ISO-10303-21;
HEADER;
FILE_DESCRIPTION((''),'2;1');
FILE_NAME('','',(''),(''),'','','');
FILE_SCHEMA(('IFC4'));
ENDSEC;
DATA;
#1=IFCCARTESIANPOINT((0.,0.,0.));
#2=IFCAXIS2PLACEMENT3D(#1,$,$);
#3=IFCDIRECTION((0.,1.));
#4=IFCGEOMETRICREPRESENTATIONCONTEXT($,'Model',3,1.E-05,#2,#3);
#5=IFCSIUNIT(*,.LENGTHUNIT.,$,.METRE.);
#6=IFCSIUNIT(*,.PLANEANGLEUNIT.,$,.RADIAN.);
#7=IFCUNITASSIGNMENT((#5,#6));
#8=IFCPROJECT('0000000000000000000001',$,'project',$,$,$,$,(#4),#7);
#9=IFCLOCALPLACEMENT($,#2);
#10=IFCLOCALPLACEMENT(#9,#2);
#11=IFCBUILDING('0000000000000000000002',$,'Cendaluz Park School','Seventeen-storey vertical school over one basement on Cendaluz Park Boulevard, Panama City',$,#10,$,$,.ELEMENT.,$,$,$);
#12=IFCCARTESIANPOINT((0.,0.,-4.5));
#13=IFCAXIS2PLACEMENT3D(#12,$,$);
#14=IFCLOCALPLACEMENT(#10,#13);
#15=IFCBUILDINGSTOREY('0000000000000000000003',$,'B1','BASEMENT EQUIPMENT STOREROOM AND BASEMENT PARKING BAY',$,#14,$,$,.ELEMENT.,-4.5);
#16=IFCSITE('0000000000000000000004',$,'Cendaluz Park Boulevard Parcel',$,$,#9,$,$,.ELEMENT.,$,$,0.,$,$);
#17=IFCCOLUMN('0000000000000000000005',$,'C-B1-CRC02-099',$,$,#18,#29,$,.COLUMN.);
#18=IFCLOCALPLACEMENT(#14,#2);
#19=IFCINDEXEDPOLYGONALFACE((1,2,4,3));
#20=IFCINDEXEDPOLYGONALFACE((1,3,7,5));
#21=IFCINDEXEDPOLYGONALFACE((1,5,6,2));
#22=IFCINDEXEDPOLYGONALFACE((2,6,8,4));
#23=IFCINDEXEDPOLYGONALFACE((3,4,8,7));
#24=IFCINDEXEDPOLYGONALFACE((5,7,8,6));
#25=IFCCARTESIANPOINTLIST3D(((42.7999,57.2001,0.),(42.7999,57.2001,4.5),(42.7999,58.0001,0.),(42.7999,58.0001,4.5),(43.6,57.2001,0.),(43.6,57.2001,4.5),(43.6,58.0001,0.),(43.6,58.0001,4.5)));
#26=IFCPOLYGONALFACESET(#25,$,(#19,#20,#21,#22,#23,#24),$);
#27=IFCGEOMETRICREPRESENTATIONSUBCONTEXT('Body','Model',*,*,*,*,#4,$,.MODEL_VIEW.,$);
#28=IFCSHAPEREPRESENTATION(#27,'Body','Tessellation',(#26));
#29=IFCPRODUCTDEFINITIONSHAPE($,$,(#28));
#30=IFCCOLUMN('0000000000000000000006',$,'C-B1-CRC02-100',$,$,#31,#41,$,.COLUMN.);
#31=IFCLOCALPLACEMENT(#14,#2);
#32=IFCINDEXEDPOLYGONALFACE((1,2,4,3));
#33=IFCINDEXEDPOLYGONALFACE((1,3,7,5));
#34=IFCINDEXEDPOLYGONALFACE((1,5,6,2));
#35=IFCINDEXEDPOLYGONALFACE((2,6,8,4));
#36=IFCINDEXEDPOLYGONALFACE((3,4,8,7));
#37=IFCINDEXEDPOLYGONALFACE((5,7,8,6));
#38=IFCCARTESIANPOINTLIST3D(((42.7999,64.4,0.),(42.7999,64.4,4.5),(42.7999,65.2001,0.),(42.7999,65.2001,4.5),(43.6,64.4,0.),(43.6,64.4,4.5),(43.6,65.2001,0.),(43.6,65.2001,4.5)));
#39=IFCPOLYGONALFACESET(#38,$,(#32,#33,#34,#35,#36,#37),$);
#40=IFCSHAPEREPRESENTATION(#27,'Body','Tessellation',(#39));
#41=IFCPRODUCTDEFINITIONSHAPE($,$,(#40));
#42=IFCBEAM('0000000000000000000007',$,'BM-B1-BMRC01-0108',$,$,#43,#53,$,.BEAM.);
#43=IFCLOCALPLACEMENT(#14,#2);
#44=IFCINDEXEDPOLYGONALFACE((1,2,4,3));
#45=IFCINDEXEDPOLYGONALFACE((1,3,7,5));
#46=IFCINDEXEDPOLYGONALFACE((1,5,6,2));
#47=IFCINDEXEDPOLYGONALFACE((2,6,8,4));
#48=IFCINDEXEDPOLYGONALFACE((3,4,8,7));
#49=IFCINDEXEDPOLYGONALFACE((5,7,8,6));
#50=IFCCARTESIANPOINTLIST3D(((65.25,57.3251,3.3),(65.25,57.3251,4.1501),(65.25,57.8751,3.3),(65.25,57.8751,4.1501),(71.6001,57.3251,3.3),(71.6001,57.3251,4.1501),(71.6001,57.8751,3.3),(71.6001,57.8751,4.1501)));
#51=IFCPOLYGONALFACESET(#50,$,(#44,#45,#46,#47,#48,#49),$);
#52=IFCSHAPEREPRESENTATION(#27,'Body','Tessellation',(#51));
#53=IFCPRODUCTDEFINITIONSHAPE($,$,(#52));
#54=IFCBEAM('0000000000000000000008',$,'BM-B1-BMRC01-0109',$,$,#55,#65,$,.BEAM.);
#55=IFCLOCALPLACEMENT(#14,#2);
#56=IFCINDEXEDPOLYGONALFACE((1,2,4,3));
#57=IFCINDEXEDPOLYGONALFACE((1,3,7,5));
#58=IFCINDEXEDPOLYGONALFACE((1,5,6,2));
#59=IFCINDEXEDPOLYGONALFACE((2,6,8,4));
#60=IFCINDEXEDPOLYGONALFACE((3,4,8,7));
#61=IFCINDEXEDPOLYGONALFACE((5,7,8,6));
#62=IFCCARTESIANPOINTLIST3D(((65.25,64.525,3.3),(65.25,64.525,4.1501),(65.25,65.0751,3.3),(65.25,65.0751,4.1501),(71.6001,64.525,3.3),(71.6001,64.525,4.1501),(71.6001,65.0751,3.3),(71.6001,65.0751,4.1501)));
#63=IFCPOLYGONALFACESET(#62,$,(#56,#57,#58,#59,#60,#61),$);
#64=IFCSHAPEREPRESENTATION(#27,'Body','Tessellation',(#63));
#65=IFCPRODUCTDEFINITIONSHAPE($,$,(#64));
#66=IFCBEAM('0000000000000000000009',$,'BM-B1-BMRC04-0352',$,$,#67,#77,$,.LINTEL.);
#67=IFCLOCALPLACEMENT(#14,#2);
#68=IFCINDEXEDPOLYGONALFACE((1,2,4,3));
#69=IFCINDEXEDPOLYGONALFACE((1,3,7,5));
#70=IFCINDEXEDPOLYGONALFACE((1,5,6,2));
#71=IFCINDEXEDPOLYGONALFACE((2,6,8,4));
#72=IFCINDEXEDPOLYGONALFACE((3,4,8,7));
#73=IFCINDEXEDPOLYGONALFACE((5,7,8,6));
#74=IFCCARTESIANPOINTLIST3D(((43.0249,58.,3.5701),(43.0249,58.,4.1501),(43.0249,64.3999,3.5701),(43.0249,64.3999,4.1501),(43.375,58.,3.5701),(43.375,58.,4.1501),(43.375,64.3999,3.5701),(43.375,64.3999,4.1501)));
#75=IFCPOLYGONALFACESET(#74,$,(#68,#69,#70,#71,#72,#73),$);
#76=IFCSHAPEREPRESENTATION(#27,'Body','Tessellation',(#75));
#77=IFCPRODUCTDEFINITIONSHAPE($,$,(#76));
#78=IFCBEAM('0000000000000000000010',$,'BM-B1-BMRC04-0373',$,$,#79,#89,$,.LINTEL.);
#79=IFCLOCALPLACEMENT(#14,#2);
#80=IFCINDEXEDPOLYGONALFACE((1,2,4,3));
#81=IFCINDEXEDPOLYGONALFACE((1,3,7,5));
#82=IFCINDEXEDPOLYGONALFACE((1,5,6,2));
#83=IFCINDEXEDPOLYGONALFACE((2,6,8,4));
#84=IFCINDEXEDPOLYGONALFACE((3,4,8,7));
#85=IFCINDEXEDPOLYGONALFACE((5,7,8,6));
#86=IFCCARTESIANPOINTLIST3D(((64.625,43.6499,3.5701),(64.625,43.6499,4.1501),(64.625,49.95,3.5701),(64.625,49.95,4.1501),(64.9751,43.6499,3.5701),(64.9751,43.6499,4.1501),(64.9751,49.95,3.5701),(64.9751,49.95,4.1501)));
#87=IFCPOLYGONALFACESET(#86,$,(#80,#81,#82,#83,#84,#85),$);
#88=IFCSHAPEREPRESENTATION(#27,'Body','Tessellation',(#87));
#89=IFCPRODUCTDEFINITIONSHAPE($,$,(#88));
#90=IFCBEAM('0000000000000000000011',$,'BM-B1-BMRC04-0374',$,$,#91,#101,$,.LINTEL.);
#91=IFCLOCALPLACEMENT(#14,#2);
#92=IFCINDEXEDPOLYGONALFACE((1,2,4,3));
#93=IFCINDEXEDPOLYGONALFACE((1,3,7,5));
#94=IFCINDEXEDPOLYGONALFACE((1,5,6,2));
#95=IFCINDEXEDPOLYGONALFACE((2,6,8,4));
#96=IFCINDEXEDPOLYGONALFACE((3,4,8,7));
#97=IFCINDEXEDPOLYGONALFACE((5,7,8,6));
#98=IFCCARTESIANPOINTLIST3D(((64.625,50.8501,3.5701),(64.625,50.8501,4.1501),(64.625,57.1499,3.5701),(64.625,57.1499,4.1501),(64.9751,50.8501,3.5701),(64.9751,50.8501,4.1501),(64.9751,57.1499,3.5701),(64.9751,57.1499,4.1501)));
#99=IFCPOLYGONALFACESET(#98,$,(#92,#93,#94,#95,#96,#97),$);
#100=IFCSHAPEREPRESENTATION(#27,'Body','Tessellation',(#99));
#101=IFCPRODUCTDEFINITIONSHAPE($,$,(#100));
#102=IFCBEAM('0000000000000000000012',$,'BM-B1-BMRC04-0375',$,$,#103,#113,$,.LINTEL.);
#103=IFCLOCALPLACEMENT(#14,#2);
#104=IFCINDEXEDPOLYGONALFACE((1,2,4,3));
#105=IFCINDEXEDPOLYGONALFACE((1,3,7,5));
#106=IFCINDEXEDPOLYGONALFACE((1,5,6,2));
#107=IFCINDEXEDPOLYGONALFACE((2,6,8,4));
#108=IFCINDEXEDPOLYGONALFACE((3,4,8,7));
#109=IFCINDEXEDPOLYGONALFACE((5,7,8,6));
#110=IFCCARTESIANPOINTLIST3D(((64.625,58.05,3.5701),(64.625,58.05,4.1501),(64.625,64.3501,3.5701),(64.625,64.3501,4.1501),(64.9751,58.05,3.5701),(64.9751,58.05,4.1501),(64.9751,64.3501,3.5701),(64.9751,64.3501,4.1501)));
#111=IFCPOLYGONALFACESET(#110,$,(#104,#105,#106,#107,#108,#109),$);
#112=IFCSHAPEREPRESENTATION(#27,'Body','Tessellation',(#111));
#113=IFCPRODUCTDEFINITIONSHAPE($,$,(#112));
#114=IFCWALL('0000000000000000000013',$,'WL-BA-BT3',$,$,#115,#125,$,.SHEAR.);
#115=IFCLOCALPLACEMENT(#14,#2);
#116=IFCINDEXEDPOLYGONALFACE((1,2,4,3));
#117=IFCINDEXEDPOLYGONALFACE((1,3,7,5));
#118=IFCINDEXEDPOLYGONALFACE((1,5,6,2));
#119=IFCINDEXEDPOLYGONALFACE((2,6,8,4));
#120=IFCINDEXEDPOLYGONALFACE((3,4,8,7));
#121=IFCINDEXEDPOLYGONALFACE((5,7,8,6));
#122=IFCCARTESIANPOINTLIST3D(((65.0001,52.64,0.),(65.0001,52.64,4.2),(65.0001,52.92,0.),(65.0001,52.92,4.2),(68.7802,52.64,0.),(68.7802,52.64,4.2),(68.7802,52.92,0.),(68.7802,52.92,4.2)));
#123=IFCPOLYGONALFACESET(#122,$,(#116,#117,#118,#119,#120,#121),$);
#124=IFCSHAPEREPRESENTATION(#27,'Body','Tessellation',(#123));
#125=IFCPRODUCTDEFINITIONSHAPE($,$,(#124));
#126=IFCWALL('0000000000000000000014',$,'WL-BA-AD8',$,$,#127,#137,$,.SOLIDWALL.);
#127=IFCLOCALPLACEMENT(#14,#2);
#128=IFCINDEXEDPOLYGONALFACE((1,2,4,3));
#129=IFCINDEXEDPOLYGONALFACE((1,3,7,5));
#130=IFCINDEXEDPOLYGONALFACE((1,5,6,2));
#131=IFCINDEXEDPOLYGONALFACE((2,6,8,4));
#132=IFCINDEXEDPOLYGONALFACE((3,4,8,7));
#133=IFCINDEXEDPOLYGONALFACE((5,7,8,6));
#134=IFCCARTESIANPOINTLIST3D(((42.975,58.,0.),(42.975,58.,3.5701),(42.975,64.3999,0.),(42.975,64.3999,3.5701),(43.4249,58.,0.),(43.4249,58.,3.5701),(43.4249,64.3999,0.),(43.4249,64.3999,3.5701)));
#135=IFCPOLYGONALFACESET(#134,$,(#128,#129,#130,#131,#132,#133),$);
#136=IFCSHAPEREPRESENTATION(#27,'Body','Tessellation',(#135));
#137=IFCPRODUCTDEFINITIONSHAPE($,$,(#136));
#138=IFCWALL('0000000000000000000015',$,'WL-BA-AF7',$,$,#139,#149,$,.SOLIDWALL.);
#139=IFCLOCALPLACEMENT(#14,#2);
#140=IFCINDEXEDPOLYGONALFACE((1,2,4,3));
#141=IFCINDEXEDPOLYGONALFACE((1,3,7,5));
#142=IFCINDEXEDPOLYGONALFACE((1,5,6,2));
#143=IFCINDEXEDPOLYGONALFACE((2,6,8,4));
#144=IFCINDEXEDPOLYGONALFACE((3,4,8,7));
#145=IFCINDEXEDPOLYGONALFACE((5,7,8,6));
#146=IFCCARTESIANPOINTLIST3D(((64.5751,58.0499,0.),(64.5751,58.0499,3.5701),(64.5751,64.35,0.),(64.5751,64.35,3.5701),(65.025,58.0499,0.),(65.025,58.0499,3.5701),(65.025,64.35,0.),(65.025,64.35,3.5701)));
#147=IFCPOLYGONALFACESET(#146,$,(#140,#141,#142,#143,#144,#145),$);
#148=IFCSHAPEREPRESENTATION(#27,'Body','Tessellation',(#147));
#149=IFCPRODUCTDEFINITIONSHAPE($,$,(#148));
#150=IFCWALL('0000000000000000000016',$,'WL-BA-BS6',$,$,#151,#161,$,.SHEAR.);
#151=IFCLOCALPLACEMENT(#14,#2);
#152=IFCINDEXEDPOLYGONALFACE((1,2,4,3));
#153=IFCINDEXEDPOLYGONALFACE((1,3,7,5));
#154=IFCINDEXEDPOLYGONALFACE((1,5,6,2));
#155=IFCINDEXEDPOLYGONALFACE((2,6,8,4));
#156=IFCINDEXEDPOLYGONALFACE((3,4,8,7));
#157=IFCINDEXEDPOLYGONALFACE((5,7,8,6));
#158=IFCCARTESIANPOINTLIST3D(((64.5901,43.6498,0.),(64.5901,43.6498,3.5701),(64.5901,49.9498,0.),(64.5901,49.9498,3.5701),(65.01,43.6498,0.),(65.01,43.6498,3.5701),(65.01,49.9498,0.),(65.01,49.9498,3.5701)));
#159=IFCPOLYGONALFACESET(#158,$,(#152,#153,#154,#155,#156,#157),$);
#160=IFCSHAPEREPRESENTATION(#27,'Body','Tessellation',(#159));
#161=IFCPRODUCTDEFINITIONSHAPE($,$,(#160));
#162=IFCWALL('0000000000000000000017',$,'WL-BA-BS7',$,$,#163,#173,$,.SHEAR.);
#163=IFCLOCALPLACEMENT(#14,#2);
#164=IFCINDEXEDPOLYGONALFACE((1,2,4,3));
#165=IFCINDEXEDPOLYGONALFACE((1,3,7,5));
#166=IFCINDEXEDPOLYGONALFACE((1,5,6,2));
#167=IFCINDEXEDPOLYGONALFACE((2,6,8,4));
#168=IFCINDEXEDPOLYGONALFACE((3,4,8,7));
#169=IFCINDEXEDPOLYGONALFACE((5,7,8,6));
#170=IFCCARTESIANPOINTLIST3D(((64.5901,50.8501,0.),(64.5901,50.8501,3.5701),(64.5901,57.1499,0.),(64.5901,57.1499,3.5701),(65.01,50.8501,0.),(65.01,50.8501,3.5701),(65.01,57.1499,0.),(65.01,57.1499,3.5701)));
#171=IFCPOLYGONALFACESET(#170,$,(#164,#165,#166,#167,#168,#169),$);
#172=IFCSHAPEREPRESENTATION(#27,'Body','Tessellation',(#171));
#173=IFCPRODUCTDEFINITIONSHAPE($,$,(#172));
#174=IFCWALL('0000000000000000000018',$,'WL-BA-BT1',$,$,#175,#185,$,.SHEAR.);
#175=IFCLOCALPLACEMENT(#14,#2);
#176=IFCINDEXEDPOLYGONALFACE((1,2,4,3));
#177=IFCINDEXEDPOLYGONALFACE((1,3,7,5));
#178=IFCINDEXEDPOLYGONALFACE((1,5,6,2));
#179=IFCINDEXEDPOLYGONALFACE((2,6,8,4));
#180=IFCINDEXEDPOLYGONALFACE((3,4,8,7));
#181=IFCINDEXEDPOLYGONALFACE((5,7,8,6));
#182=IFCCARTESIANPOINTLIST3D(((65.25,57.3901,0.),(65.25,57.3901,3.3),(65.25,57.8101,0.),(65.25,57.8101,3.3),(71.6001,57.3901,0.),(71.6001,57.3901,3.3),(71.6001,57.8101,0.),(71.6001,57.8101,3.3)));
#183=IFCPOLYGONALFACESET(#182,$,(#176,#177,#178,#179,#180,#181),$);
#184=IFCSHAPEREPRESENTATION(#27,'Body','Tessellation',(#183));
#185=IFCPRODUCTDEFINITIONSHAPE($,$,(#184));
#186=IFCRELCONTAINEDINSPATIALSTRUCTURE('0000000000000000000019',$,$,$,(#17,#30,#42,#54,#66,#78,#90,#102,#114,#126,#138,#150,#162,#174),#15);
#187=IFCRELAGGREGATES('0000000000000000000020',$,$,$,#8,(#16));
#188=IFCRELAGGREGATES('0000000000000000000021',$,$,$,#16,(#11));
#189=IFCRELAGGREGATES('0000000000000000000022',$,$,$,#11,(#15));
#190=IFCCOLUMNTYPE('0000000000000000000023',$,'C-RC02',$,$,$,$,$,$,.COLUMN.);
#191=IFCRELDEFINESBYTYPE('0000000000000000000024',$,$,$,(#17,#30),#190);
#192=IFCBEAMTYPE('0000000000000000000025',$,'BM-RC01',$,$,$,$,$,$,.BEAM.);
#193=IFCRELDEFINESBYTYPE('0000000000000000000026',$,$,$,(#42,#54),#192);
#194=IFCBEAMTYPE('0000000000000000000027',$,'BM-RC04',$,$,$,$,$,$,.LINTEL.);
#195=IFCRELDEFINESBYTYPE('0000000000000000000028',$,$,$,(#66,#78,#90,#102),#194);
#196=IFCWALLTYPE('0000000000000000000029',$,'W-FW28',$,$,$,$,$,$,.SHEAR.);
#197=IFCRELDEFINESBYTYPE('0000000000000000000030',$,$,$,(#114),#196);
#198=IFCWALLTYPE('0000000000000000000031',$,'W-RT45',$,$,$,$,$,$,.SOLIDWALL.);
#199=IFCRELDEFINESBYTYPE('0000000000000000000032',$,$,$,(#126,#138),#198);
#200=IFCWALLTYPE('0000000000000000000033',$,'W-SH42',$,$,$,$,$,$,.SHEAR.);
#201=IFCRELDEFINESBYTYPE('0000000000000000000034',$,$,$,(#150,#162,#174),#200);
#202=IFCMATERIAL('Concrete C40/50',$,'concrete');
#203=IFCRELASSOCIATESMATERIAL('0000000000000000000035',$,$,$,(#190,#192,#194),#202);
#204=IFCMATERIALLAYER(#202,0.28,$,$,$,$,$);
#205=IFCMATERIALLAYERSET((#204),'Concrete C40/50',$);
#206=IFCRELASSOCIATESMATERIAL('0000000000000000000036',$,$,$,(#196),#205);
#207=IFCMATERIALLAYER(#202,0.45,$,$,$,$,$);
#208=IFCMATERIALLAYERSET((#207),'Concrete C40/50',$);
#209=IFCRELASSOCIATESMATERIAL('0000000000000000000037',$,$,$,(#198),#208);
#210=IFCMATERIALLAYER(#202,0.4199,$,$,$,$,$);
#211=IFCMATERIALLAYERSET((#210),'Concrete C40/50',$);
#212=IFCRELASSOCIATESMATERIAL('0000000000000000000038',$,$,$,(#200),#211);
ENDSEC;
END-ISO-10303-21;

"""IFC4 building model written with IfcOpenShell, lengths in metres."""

from ifc_helpers import new_model, si_unit, direction, frame, frame_2d, origin, origin_2d, place, context, subcontext, project, spatial, rectangle, extrude, material, layer, layer_set, material_profile, profile_set, type_object, element, save


model = new_model("IFC4")

# Units and contexts
model_context = context("Model", 3, precision=1e-05, world=origin(), true_north=direction((0.0, 1.0)))
body_context = subcontext(model_context, "Body", "Model", "MODEL_VIEW")
ifc_project = project(units=[si_unit("LENGTHUNIT", "METRE"), si_unit("PLANEANGLEUNIT", "RADIAN")], contexts=[model_context])

# Site, building, storey
site_placement = place(None, origin())
site = spatial("IfcSite", under=ifc_project, at=site_placement, Name="Cendaluz Park Boulevard Parcel", CompositionType="ELEMENT", RefElevation=0.0)
building_placement = place(site_placement, origin())
building = spatial("IfcBuilding", under=site, at=building_placement, Name="Cendaluz Park School", Description="Seventeen-storey vertical school over one basement on Cendaluz Park Boulevard, Panama City", CompositionType="ELEMENT")
storey_placement = place(building_placement, frame((0.0, 0.0, -4.5)))
storey = spatial("IfcBuildingStorey", under=building, at=storey_placement, Name="B1", Description="BASEMENT EQUIPMENT STOREROOM AND BASEMENT PARKING BAY", CompositionType="ELEMENT", Elevation=-4.5)

# Shared definitions
ifc_material_1 = material(Name="Concrete C40/50", Category="concrete")

# Columns
ifc_material_profile_1 = material_profile(ifc_material_1, rectangle(XDim=0.8, YDim=0.8, at=origin_2d()), Name="RC 800x800", Category="concrete")
ifc_profile_set_1 = profile_set([ifc_material_profile_1], Name="Concrete C40/50")
column_type_1 = type_object("IfcColumnType", Name="C-RC02", PredefinedType="COLUMN", material=ifc_profile_set_1)
for number, where, z_axis, x_axis, name in (
    (1, (43.2, 57.6001, 0.0), (0.0, 0.0, 1.0), (1.0, 0.0, 0.0), "C-B1-CRC02-099"),
    (2, (43.2, 64.8, 0.0), (0.0, 0.0, 1.0), (1.0, 0.0, 0.0), "C-B1-CRC02-100"),
):
    element("IfcColumn", number, at=place(storey_placement, frame(where, z_axis=z_axis, x_axis=x_axis)), inside=storey, type_object=column_type_1, Name=name, PredefinedType="COLUMN", context=body_context, shape_type="SweptSolid", body=[
        extrude(rectangle(XDim=0.8, YDim=0.8, at=origin_2d()), origin(), (0.0, 0.0, 1.0), 4.5),
    ])

# Beams
ifc_material_profile_2 = material_profile(ifc_material_1, rectangle(XDim=0.55, YDim=0.8501, at=origin_2d()), Name="RC 550x850", Category="concrete")
ifc_profile_set_2 = profile_set([ifc_material_profile_2], Name="Concrete C40/50")
beam_type_1 = type_object("IfcBeamType", Name="BM-RC01", PredefinedType="BEAM", material=ifc_profile_set_2)
for number, where, z_axis, x_axis, name in (
    (3, (65.25, 57.6001, 3.7251), (1.0, 0.0, 0.0), (0.0, 1.0, 0.0), "BM-B1-BMRC01-0108"),
    (4, (65.25, 64.8, 3.7251), (1.0, 0.0, 0.0), (0.0, 1.0, 0.0), "BM-B1-BMRC01-0109"),
):
    element("IfcBeam", number, at=place(storey_placement, frame(where, z_axis=z_axis, x_axis=x_axis)), inside=storey, type_object=beam_type_1, Name=name, PredefinedType="BEAM", context=body_context, shape_type="SweptSolid", body=[
        extrude(rectangle(XDim=0.55, YDim=0.8501, at=origin_2d()), origin(), (0.0, 0.0, 1.0), 6.3501),
    ])
ifc_material_profile_3 = material_profile(ifc_material_1, rectangle(XDim=0.3501, YDim=0.5801, at=origin_2d()), Name="RC 350x580", Category="concrete")
ifc_profile_set_3 = profile_set([ifc_material_profile_3], Name="Concrete C40/50")
beam_type_2 = type_object("IfcBeamType", Name="BM-RC04", PredefinedType="LINTEL", material=ifc_profile_set_3)
beam_1_placement = place(storey_placement, frame((43.2, 58.0, 3.8601), z_axis=(0.0, 1.0, 0.0), x_axis=(-1.0, 0.0, 0.0)))
element("IfcBeam", 5, at=beam_1_placement, inside=storey, type_object=beam_type_2, Name="BM-B1-BMRC04-0352", PredefinedType="LINTEL", context=body_context, shape_type="SweptSolid", body=[
    extrude(rectangle(XDim=0.3501, YDim=0.5801, at=origin_2d()), origin(), (0.0, 0.0, 1.0), 6.3999),
])
beam_2_placement = place(storey_placement, frame((64.8, 43.6499, 3.8601), z_axis=(0.0, 1.0, 0.0), x_axis=(-1.0, 0.0, 0.0)))
element("IfcBeam", 6, at=beam_2_placement, inside=storey, type_object=beam_type_2, Name="BM-B1-BMRC04-0373", PredefinedType="LINTEL", context=body_context, shape_type="SweptSolid", body=[
    extrude(rectangle(XDim=0.3501, YDim=0.5801, at=origin_2d()), origin(), (0.0, 0.0, 1.0), 6.3),
])
beam_3_placement = place(storey_placement, frame((64.8, 50.8501, 3.8601), z_axis=(0.0, 1.0, 0.0), x_axis=(-1.0, 0.0, 0.0)))
element("IfcBeam", 7, at=beam_3_placement, inside=storey, type_object=beam_type_2, Name="BM-B1-BMRC04-0374", PredefinedType="LINTEL", context=body_context, shape_type="SweptSolid", body=[
    extrude(rectangle(XDim=0.3501, YDim=0.5801, at=origin_2d()), origin(), (0.0, 0.0, 1.0), 6.2998),
])
beam_4_placement = place(storey_placement, frame((64.8, 58.05, 3.8601), z_axis=(0.0, 1.0, 0.0), x_axis=(-1.0, 0.0, 0.0)))
element("IfcBeam", 8, at=beam_4_placement, inside=storey, type_object=beam_type_2, Name="BM-B1-BMRC04-0375", PredefinedType="LINTEL", context=body_context, shape_type="SweptSolid", body=[
    extrude(rectangle(XDim=0.3501, YDim=0.5801, at=origin_2d()), origin(), (0.0, 0.0, 1.0), 6.3),
])

# Walls
ifc_layer_1 = layer(ifc_material_1, 0.28)
ifc_layer_set_1 = layer_set([ifc_layer_1], Name="Concrete C40/50")
wall_type_1 = type_object("IfcWallType", Name="W-FW28", PredefinedType="SHEAR", material=ifc_layer_set_1)
wall_1_placement = place(storey_placement, frame((65.0, 52.78, 0.0), z_axis=(0.0, 0.0, 1.0), x_axis=(1.0, 0.0, 0.0)))
element("IfcWall", 9, at=wall_1_placement, inside=storey, type_object=wall_type_1, Name="WL-BA-BT3", PredefinedType="SHEAR", context=body_context, shape_type="SweptSolid", body=[
    extrude(rectangle(XDim=3.78, YDim=0.28, at=frame_2d((1.8901, 0.0))), origin(), (0.0, 0.0, 1.0), 4.2),
])
ifc_layer_2 = layer(ifc_material_1, 0.45)
ifc_layer_set_2 = layer_set([ifc_layer_2], Name="Concrete C40/50")
wall_type_2 = type_object("IfcWallType", Name="W-RT45", PredefinedType="SOLIDWALL", material=ifc_layer_set_2)
wall_2_placement = place(storey_placement, frame((43.2, 58.0, 0.0), z_axis=(0.0, 0.0, 1.0), x_axis=(0.0, 1.0, 0.0)))
element("IfcWall", 10, at=wall_2_placement, inside=storey, type_object=wall_type_2, Name="WL-BA-AD8", PredefinedType="SOLIDWALL", context=body_context, shape_type="SweptSolid", body=[
    extrude(rectangle(XDim=6.3999, YDim=0.45, at=frame_2d((3.2, 0.0))), origin(), (0.0, 0.0, 1.0), 3.5701),
])
wall_3_placement = place(storey_placement, frame((64.8, 58.05, 0.0), z_axis=(0.0, 0.0, 1.0), x_axis=(0.0, 1.0, 0.0)))
element("IfcWall", 11, at=wall_3_placement, inside=storey, type_object=wall_type_2, Name="WL-BA-AF7", PredefinedType="SOLIDWALL", context=body_context, shape_type="SweptSolid", body=[
    extrude(rectangle(XDim=6.3, YDim=0.45, at=frame_2d((3.1499, 0.0))), origin(), (0.0, 0.0, 1.0), 3.5701),
])
ifc_layer_3 = layer(ifc_material_1, 0.4199)
ifc_layer_set_3 = layer_set([ifc_layer_3], Name="Concrete C40/50")
wall_type_3 = type_object("IfcWallType", Name="W-SH42", PredefinedType="SHEAR", material=ifc_layer_set_3)
wall_4_placement = place(storey_placement, frame((64.8, 43.6499, 0.0), z_axis=(0.0, 0.0, 1.0), x_axis=(0.0, 1.0, 0.0)))
element("IfcWall", 12, at=wall_4_placement, inside=storey, type_object=wall_type_3, Name="WL-BA-BS6", PredefinedType="SHEAR", context=body_context, shape_type="SweptSolid", body=[
    extrude(rectangle(XDim=6.3, YDim=0.4199, at=frame_2d((3.1499, 0.0))), origin(), (0.0, 0.0, 1.0), 3.5701),
])
wall_5_placement = place(storey_placement, frame((64.8, 50.8501, 0.0), z_axis=(0.0, 0.0, 1.0), x_axis=(0.0, 1.0, 0.0)))
element("IfcWall", 13, at=wall_5_placement, inside=storey, type_object=wall_type_3, Name="WL-BA-BS7", PredefinedType="SHEAR", context=body_context, shape_type="SweptSolid", body=[
    extrude(rectangle(XDim=6.2998, YDim=0.4199, at=frame_2d((3.1499, 0.0))), origin(), (0.0, 0.0, 1.0), 3.5701),
])
wall_6_placement = place(storey_placement, frame((65.25, 57.6001, 0.0), z_axis=(0.0, 0.0, 1.0), x_axis=(1.0, 0.0, 0.0)))
element("IfcWall", 14, at=wall_6_placement, inside=storey, type_object=wall_type_3, Name="WL-BA-BT1", PredefinedType="SHEAR", context=body_context, shape_type="SweptSolid", body=[
    extrude(rectangle(XDim=6.3501, YDim=0.4199, at=frame_2d((3.175, 0.0))), origin(), (0.0, 0.0, 1.0), 3.3),
])

save(model, "model.ifc")
